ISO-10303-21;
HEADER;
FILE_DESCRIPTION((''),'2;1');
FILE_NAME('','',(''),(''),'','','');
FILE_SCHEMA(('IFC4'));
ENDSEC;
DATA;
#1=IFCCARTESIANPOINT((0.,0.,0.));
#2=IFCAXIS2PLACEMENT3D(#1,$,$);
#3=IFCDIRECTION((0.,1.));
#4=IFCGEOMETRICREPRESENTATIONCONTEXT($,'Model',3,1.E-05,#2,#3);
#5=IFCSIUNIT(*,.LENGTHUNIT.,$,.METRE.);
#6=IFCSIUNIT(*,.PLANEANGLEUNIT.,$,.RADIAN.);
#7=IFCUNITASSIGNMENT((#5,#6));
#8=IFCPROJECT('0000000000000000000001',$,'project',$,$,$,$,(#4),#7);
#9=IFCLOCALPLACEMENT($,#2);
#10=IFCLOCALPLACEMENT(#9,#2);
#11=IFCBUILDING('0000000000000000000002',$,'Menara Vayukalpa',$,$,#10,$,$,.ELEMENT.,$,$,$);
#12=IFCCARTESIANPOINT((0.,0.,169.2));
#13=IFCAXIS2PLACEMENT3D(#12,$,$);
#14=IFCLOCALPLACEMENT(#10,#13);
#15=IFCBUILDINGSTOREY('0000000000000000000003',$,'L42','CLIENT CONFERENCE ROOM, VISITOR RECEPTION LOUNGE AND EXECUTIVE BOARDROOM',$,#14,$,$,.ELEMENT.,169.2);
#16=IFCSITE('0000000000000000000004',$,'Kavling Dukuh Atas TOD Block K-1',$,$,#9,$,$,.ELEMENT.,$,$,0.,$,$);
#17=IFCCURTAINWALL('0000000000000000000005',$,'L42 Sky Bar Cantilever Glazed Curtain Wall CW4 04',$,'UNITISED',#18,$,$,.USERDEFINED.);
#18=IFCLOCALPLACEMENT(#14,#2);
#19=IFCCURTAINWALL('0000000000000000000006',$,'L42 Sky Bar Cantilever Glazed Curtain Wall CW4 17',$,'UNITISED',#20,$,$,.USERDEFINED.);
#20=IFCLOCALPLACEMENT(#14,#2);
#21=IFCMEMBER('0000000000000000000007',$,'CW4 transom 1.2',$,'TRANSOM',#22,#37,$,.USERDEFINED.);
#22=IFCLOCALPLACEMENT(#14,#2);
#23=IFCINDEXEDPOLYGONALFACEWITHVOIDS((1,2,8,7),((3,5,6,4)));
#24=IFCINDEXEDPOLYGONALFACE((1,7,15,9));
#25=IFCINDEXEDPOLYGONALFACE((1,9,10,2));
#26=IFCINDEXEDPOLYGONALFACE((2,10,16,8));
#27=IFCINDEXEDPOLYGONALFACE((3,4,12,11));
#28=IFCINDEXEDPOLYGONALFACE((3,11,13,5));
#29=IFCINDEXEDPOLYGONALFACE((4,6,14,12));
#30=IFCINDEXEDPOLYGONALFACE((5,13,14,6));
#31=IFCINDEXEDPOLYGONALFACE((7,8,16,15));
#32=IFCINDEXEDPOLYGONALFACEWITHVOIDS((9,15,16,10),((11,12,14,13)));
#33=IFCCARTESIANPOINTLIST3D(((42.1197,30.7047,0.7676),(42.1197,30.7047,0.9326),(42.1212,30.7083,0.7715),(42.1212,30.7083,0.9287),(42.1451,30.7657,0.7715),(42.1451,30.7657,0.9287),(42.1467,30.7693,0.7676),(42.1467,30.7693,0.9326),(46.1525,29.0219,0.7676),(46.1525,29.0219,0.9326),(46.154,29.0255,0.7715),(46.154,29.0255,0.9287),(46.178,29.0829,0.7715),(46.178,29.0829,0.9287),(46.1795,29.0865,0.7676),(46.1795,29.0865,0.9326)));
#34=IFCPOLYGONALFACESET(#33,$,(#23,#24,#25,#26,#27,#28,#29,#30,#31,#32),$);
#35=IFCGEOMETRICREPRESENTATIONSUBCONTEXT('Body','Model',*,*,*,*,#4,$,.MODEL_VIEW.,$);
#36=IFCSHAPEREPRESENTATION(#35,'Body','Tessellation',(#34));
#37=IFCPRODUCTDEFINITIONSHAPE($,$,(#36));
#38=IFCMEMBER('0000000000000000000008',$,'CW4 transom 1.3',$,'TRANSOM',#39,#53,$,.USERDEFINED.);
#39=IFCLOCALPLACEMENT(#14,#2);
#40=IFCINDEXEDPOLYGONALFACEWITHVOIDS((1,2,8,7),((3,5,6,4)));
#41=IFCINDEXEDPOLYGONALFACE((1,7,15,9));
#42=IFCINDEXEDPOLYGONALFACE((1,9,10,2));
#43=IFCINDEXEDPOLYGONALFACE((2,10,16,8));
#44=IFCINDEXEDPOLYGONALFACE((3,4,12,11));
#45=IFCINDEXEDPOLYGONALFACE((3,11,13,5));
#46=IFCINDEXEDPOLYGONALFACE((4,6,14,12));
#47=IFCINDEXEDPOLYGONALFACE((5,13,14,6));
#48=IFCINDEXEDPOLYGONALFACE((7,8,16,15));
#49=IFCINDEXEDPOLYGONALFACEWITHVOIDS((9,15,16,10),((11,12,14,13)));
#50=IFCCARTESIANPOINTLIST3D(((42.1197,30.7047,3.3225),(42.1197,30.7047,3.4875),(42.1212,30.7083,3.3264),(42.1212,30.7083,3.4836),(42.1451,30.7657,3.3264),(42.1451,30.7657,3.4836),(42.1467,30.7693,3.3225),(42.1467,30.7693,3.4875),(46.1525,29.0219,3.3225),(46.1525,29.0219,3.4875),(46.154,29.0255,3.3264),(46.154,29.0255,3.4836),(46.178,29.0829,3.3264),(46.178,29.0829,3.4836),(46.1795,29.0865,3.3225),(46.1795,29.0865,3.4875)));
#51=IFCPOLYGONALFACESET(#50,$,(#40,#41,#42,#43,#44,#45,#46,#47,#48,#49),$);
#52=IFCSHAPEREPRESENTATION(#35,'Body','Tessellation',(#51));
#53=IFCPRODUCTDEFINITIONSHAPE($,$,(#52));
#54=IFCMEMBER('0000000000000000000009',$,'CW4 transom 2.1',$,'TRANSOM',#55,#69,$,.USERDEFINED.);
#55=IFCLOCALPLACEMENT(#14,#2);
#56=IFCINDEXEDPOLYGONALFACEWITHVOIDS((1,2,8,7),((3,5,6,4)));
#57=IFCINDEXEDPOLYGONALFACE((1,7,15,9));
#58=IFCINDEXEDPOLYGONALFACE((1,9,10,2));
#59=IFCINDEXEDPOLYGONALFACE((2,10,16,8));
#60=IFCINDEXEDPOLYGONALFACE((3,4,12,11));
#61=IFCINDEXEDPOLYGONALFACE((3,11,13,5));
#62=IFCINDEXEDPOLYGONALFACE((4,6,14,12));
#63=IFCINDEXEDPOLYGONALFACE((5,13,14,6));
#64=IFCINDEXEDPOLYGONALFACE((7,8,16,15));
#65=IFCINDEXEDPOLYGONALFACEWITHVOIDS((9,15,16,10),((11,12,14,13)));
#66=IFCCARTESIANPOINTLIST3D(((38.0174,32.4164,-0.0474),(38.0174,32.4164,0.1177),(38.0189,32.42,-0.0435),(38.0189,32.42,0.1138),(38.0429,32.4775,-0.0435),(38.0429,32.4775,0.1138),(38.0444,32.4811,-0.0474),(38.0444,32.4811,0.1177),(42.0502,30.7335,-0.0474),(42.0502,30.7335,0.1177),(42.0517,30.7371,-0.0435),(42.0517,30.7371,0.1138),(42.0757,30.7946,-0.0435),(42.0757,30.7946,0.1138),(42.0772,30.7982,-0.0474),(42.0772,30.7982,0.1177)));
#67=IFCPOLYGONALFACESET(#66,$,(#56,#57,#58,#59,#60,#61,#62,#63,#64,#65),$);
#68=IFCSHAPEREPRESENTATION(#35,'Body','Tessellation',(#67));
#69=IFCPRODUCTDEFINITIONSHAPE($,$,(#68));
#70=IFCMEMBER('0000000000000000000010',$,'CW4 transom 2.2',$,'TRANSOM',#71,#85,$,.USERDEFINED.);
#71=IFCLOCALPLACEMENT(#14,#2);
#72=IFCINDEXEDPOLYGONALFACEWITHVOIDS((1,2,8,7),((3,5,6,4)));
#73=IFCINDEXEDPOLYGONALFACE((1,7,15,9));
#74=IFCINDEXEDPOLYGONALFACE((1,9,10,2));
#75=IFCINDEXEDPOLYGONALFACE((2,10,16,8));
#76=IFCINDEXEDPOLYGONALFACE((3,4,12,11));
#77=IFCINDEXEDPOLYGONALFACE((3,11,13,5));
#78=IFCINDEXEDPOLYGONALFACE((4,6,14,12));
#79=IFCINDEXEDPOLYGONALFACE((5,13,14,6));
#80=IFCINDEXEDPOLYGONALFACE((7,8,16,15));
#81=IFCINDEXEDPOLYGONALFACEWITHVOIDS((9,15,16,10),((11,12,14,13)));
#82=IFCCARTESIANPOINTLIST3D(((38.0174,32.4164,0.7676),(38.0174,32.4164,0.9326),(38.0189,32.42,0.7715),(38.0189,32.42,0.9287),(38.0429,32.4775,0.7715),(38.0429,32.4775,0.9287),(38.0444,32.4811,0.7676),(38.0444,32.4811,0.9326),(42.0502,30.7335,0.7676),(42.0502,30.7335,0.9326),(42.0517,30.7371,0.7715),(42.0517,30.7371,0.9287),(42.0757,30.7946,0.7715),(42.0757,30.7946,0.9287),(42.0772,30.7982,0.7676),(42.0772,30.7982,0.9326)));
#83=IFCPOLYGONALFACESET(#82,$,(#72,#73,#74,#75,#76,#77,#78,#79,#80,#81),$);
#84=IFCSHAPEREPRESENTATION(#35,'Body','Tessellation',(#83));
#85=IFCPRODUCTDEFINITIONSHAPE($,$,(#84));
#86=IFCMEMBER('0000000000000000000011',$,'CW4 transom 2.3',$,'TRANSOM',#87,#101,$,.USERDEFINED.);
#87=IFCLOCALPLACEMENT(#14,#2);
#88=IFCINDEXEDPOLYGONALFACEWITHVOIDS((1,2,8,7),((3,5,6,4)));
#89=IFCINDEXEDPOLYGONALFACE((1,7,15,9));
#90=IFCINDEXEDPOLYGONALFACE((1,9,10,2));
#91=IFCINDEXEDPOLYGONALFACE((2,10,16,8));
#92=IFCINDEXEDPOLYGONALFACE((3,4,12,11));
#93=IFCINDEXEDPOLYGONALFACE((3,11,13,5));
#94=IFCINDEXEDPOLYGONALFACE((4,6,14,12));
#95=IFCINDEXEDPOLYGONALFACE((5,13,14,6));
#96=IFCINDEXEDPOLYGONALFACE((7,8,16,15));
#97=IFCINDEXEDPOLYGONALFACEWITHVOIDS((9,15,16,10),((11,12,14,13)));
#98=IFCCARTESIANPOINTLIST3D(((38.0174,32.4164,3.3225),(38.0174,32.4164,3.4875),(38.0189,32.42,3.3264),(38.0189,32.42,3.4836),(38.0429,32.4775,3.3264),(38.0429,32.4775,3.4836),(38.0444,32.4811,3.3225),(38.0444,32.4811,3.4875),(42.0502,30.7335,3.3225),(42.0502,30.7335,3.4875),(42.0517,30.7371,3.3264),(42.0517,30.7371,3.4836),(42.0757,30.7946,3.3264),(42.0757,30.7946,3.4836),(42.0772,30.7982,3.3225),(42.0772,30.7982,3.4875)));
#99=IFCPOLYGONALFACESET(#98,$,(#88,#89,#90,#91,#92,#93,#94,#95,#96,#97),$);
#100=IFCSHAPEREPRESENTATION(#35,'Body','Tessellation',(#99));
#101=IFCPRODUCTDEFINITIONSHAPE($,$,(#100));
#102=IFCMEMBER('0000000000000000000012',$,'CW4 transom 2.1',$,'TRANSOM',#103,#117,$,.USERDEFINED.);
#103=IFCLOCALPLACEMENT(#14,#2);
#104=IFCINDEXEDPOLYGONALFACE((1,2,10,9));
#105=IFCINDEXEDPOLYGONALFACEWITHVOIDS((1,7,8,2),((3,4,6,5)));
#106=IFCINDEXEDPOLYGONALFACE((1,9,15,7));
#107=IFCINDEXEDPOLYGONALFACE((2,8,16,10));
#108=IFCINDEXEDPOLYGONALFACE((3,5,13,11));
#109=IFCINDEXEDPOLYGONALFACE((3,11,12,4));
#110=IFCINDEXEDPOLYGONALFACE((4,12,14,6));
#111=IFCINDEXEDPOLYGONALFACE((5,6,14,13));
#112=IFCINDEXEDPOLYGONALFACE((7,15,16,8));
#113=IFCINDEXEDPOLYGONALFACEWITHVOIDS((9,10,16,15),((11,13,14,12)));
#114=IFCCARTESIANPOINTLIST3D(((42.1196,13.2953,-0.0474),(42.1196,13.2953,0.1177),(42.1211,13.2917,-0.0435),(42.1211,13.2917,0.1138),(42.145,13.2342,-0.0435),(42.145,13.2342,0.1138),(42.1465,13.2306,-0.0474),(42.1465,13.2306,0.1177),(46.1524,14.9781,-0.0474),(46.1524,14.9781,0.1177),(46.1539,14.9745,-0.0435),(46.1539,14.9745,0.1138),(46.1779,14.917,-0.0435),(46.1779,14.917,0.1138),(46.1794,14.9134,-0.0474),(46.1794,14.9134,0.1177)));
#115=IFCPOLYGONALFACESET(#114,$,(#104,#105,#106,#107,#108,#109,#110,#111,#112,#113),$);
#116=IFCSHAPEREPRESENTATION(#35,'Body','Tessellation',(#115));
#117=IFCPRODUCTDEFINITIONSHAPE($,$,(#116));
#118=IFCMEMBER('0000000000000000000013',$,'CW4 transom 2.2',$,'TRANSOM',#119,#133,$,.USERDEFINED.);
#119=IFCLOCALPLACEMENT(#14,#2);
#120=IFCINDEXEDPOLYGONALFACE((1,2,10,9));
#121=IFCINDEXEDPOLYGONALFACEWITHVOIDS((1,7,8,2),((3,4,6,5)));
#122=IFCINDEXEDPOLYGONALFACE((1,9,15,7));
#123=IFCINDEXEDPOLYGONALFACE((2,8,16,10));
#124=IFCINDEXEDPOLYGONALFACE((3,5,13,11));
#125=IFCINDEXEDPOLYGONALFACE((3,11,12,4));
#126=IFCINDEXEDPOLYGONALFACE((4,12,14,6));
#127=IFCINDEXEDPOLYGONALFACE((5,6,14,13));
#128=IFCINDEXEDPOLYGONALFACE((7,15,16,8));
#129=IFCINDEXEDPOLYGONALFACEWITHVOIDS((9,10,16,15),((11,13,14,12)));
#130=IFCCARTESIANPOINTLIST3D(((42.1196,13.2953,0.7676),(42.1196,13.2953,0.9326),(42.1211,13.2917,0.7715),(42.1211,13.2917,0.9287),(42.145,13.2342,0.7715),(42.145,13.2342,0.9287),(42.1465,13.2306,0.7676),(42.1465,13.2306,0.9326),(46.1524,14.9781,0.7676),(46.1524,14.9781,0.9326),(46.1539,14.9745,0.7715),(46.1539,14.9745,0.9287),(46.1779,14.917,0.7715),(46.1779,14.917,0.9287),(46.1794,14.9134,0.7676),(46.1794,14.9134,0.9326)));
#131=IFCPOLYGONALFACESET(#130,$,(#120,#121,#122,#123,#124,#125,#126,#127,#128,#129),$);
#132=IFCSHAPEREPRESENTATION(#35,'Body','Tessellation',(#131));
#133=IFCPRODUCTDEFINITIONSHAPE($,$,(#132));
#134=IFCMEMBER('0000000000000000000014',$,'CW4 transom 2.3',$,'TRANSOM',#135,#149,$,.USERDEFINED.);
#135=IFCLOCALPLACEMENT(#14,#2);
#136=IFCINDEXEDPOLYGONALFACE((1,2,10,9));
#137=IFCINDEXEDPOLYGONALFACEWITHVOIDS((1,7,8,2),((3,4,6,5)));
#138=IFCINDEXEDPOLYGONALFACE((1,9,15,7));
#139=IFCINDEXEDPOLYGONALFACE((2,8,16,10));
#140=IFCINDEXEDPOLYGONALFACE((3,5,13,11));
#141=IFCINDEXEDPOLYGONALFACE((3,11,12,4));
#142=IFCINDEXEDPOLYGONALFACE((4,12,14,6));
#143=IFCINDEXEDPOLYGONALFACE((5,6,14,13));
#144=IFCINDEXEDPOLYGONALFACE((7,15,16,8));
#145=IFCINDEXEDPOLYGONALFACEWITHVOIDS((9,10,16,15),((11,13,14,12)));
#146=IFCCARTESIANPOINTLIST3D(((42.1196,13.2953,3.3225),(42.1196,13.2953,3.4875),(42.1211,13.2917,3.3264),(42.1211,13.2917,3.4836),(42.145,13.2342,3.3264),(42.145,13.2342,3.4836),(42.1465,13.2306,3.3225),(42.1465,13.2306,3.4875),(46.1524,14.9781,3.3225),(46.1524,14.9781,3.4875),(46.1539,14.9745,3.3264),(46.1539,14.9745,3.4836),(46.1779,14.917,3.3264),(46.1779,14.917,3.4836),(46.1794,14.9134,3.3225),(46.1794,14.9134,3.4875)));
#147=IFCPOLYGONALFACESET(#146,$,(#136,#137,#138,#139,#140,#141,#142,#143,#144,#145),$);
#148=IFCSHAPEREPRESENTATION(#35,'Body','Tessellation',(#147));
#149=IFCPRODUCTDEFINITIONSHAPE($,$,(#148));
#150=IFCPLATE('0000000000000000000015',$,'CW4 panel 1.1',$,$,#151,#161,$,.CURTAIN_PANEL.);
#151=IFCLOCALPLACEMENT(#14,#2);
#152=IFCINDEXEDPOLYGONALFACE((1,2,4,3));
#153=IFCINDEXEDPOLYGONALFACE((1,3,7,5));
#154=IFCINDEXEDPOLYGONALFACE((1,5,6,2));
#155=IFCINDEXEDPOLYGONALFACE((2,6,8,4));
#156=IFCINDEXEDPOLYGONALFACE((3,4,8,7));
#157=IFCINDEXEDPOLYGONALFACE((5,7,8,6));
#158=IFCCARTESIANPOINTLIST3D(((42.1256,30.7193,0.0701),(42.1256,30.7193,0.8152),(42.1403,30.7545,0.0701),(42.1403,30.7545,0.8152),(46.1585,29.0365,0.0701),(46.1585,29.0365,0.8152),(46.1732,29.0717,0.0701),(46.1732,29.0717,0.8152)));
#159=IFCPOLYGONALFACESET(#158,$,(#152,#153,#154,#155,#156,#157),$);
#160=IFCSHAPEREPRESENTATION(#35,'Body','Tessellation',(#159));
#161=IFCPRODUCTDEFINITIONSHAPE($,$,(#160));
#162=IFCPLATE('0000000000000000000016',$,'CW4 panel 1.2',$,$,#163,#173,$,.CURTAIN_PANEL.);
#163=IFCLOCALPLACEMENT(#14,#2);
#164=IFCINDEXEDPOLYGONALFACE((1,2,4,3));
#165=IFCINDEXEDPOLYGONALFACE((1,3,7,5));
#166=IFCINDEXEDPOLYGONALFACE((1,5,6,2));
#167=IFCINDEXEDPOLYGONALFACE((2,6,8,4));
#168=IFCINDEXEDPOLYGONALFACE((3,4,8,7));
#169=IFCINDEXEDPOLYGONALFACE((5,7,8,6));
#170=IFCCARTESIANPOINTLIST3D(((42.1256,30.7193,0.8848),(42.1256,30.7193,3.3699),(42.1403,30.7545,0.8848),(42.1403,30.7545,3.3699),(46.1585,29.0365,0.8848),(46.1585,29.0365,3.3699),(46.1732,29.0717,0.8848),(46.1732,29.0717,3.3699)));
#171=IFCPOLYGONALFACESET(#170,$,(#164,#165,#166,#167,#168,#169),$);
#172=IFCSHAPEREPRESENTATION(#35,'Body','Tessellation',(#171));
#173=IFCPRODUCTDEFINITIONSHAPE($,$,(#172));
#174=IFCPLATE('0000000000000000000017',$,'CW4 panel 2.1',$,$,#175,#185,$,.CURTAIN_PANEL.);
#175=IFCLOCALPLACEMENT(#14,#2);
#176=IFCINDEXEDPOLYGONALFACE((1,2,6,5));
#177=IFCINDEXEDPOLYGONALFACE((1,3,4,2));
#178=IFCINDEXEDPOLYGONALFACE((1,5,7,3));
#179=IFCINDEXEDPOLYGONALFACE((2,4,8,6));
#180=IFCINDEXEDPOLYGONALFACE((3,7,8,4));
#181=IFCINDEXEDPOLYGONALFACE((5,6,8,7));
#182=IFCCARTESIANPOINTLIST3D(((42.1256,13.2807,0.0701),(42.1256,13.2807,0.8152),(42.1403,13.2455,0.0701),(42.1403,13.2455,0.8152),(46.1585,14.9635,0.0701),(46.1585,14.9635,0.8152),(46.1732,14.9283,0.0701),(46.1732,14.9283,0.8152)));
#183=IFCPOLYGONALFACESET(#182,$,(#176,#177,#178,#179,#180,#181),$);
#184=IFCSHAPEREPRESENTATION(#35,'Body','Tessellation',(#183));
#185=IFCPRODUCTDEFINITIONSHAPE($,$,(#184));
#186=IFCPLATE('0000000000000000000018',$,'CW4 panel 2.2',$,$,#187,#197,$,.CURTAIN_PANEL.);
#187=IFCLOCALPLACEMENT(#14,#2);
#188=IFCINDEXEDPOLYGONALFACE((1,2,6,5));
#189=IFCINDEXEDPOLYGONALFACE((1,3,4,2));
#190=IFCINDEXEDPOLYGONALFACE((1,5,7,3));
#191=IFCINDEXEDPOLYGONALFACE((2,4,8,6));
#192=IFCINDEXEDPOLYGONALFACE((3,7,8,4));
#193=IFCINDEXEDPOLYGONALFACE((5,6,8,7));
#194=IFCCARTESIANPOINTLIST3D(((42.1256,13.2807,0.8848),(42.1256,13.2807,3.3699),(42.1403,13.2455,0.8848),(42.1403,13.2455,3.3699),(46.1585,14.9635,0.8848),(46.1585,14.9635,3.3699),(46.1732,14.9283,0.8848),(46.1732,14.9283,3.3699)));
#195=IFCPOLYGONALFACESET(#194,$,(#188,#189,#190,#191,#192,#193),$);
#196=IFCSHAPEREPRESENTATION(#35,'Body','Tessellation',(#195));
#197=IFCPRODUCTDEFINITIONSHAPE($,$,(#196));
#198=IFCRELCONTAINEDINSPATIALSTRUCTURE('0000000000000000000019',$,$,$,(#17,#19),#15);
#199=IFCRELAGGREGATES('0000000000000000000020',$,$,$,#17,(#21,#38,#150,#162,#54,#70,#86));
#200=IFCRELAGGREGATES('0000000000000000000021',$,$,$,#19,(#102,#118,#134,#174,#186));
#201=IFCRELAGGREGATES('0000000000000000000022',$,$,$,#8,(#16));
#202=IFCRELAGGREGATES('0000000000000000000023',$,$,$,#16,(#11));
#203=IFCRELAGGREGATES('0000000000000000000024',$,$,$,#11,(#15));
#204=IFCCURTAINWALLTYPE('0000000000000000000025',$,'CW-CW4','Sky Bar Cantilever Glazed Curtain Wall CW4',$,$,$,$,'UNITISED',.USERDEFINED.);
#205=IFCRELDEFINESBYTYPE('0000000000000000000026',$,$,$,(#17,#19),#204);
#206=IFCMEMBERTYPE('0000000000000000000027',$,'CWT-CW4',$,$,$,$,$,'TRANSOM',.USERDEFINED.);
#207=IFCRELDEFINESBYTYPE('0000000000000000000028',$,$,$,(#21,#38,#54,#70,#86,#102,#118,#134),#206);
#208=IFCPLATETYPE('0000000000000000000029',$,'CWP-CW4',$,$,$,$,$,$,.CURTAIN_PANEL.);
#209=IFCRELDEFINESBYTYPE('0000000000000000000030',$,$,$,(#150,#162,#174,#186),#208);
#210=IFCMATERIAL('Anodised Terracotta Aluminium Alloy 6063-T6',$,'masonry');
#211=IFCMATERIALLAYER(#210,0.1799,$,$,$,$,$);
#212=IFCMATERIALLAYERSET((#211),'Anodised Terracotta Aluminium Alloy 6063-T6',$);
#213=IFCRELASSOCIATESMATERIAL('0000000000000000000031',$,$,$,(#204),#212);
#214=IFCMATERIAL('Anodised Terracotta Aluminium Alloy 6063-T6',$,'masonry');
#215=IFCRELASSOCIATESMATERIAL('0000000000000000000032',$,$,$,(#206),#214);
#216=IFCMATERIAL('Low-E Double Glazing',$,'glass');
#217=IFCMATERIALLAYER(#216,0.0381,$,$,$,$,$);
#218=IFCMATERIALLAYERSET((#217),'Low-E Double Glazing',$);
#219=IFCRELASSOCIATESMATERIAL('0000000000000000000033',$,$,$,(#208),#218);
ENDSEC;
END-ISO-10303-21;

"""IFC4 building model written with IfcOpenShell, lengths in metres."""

from ifc_helpers import new_model, si_unit, direction, frame, origin, origin_2d, place, context, subcontext, project, spatial, rectangle, hollow_rectangle, extrude, material, layer, layer_set, material_profile, profile_set, type_object, element, aggregate, save


model = new_model("IFC4")

# Units and contexts
model_context = context("Model", 3, precision=1e-05, world=origin(), true_north=direction((0.0, 1.0)))
body_context = subcontext(model_context, "Body", "Model", "MODEL_VIEW")
ifc_project = project(units=[si_unit("LENGTHUNIT", "METRE"), si_unit("PLANEANGLEUNIT", "RADIAN")], contexts=[model_context])

# Site, building, storey
site_placement = place(None, origin())
site = spatial("IfcSite", under=ifc_project, at=site_placement, Name="Kavling Dukuh Atas TOD Block K-1", CompositionType="ELEMENT", RefElevation=0.0)
building_placement = place(site_placement, origin())
building = spatial("IfcBuilding", under=site, at=building_placement, Name="Menara Vayukalpa", CompositionType="ELEMENT")
storey_placement = place(building_placement, frame((0.0, 0.0, 169.2)))
storey = spatial("IfcBuildingStorey", under=building, at=storey_placement, Name="L42", Description="CLIENT CONFERENCE ROOM, VISITOR RECEPTION LOUNGE AND EXECUTIVE BOARDROOM", CompositionType="ELEMENT", Elevation=169.2)

# Curtain walls
ifc_material_1 = material(Name="Anodised Terracotta Aluminium Alloy 6063-T6", Category="masonry")
ifc_layer_1 = layer(ifc_material_1, 0.1799)
ifc_layer_set_1 = layer_set([ifc_layer_1], Name="Anodised Terracotta Aluminium Alloy 6063-T6")
curtain_wall_type = type_object("IfcCurtainWallType", Name="CW-CW4", Description="Sky Bar Cantilever Glazed Curtain Wall CW4", ElementType="UNITISED", PredefinedType="USERDEFINED", material=ifc_layer_set_1)
curtain_wall_1_placement = place(storey_placement, origin())
curtain_wall_1 = element("IfcCurtainWall", 1, at=curtain_wall_1_placement, inside=storey, type_object=curtain_wall_type, Name="L42 Sky Bar Cantilever Glazed Curtain Wall CW4 04", ObjectType="UNITISED", PredefinedType="USERDEFINED")
curtain_wall_2_placement = place(storey_placement, origin())
curtain_wall_2 = element("IfcCurtainWall", 2, at=curtain_wall_2_placement, inside=storey, type_object=curtain_wall_type, Name="L42 Sky Bar Cantilever Glazed Curtain Wall CW4 17", ObjectType="UNITISED", PredefinedType="USERDEFINED")

# Members
ifc_material_2 = material(Name="Anodised Terracotta Aluminium Alloy 6063-T6", Category="masonry")
ifc_material_profile_1 = material_profile(ifc_material_2, hollow_rectangle(XDim=0.0701, YDim=0.165, WallThickness=0.0039, at=origin_2d()), Name="ALU 70x165x4")
ifc_profile_set_1 = profile_set([ifc_material_profile_1], Name="Anodised Terracotta Aluminium Alloy 6063-T6")
member_type_1 = type_object("IfcMemberType", Name="CWT-CW4", ElementType="TRANSOM", PredefinedType="USERDEFINED", material=ifc_profile_set_1)
member_1_placement = place(storey_placement, frame((46.166, 29.0542, 0.8501), z_axis=(-0.922877, 0.385095, 0.0), x_axis=(-0.385095, -0.922877, 0.0)))
member_1 = element("IfcMember", 3, at=member_1_placement, type_object=member_type_1, Name="CW4 transom 1.2", ObjectType="TRANSOM", PredefinedType="USERDEFINED", context=body_context, shape_type="SweptSolid", body=[
    extrude(hollow_rectangle(XDim=0.0701, YDim=0.165, WallThickness=0.0039, at=origin_2d()), origin(), (0.0, 0.0, 1.0), 4.3699),
])
member_2_placement = place(storey_placement, frame((46.166, 29.0542, 3.405), z_axis=(-0.922877, 0.385095, 0.0), x_axis=(-0.385095, -0.922877, 0.0)))
member_2 = element("IfcMember", 4, at=member_2_placement, type_object=member_type_1, Name="CW4 transom 1.3", ObjectType="TRANSOM", PredefinedType="USERDEFINED", context=body_context, shape_type="SweptSolid", body=[
    extrude(hollow_rectangle(XDim=0.0701, YDim=0.165, WallThickness=0.0039, at=origin_2d()), origin(), (0.0, 0.0, 1.0), 4.3699),
])
member_3_placement = place(storey_placement, frame((42.0637, 30.7659, 0.0352), z_axis=(-0.922869, 0.385115, 0.0), x_axis=(-0.385115, -0.922869, 0.0)))
member_3 = element("IfcMember", 5, at=member_3_placement, type_object=member_type_1, Name="CW4 transom 2.1", ObjectType="TRANSOM", PredefinedType="USERDEFINED", context=body_context, shape_type="SweptSolid", body=[
    extrude(hollow_rectangle(XDim=0.0701, YDim=0.165, WallThickness=0.0039, at=origin_2d()), origin(), (0.0, 0.0, 1.0), 4.3699),
])
member_4_placement = place(storey_placement, frame((42.0637, 30.7659, 0.8501), z_axis=(-0.922869, 0.385115, 0.0), x_axis=(-0.385115, -0.922869, 0.0)))
member_4 = element("IfcMember", 6, at=member_4_placement, type_object=member_type_1, Name="CW4 transom 2.2", ObjectType="TRANSOM", PredefinedType="USERDEFINED", context=body_context, shape_type="SweptSolid", body=[
    extrude(hollow_rectangle(XDim=0.0701, YDim=0.165, WallThickness=0.0039, at=origin_2d()), origin(), (0.0, 0.0, 1.0), 4.3699),
])
member_5_placement = place(storey_placement, frame((42.0637, 30.7659, 3.405), z_axis=(-0.922869, 0.385115, 0.0), x_axis=(-0.385115, -0.922869, 0.0)))
member_5 = element("IfcMember", 7, at=member_5_placement, type_object=member_type_1, Name="CW4 transom 2.3", ObjectType="TRANSOM", PredefinedType="USERDEFINED", context=body_context, shape_type="SweptSolid", body=[
    extrude(hollow_rectangle(XDim=0.0701, YDim=0.165, WallThickness=0.0039, at=origin_2d()), origin(), (0.0, 0.0, 1.0), 4.3699),
])
member_6_placement = place(storey_placement, frame((42.1331, 13.2629, 0.0352), z_axis=(0.922877, 0.385095, 0.0), x_axis=(-0.385095, 0.922877, 0.0)))
member_6 = element("IfcMember", 8, at=member_6_placement, type_object=member_type_1, Name="CW4 transom 2.1", ObjectType="TRANSOM", PredefinedType="USERDEFINED", context=body_context, shape_type="SweptSolid", body=[
    extrude(hollow_rectangle(XDim=0.0701, YDim=0.165, WallThickness=0.0039, at=origin_2d()), origin(), (0.0, 0.0, 1.0), 4.3699),
])
member_7_placement = place(storey_placement, frame((42.1331, 13.2629, 0.8501), z_axis=(0.922877, 0.385095, 0.0), x_axis=(-0.385095, 0.922877, 0.0)))
member_7 = element("IfcMember", 9, at=member_7_placement, type_object=member_type_1, Name="CW4 transom 2.2", ObjectType="TRANSOM", PredefinedType="USERDEFINED", context=body_context, shape_type="SweptSolid", body=[
    extrude(hollow_rectangle(XDim=0.0701, YDim=0.165, WallThickness=0.0039, at=origin_2d()), origin(), (0.0, 0.0, 1.0), 4.3699),
])
member_8_placement = place(storey_placement, frame((42.1331, 13.2629, 3.405), z_axis=(0.922877, 0.385095, 0.0), x_axis=(-0.385095, 0.922877, 0.0)))
member_8 = element("IfcMember", 10, at=member_8_placement, type_object=member_type_1, Name="CW4 transom 2.3", ObjectType="TRANSOM", PredefinedType="USERDEFINED", context=body_context, shape_type="SweptSolid", body=[
    extrude(hollow_rectangle(XDim=0.0701, YDim=0.165, WallThickness=0.0039, at=origin_2d()), origin(), (0.0, 0.0, 1.0), 4.3699),
])

# Plates
ifc_material_3 = material(Name="Low-E Double Glazing", Category="glass")
ifc_layer_2 = layer(ifc_material_3, 0.0381)
ifc_layer_set_2 = layer_set([ifc_layer_2], Name="Low-E Double Glazing")
plate_type = type_object("IfcPlateType", Name="CWP-CW4", PredefinedType="CURTAIN_PANEL", material=ifc_layer_set_2)
plate_1_placement = place(storey_placement, frame((44.1494, 29.8955, 0.0701), z_axis=(0.0, 0.0, 1.0), x_axis=(-0.922878, 0.385091, 0.0)))
plate_1 = element("IfcPlate", 11, at=plate_1_placement, type_object=plate_type, Name="CW4 panel 1.1", PredefinedType="CURTAIN_PANEL", context=body_context, shape_type="SweptSolid", body=[
    extrude(rectangle(XDim=4.3699, YDim=0.0381, at=origin_2d()), origin(), (0.0, 0.0, 1.0), 0.7451),
])
plate_2_placement = place(storey_placement, frame((44.1494, 29.8955, 0.8848), z_axis=(0.0, 0.0, 1.0), x_axis=(-0.922878, 0.385091, 0.0)))
plate_2 = element("IfcPlate", 12, at=plate_2_placement, type_object=plate_type, Name="CW4 panel 1.2", PredefinedType="CURTAIN_PANEL", context=body_context, shape_type="SweptSolid", body=[
    extrude(rectangle(XDim=4.3699, YDim=0.0381, at=origin_2d()), origin(), (0.0, 0.0, 1.0), 2.4851),
])
aggregate(curtain_wall_1, [member_1, member_2, plate_1, plate_2, member_3, member_4, member_5])
plate_3_placement = place(storey_placement, frame((44.1494, 14.1045, 0.0701), z_axis=(0.0, 0.0, 1.0), x_axis=(0.922878, 0.385091, 0.0)))
plate_3 = element("IfcPlate", 13, at=plate_3_placement, type_object=plate_type, Name="CW4 panel 2.1", PredefinedType="CURTAIN_PANEL", context=body_context, shape_type="SweptSolid", body=[
    extrude(rectangle(XDim=4.3699, YDim=0.0381, at=origin_2d()), origin(), (0.0, 0.0, 1.0), 0.7451),
])
plate_4_placement = place(storey_placement, frame((44.1494, 14.1045, 0.8848), z_axis=(0.0, 0.0, 1.0), x_axis=(0.922878, 0.385091, 0.0)))
plate_4 = element("IfcPlate", 14, at=plate_4_placement, type_object=plate_type, Name="CW4 panel 2.2", PredefinedType="CURTAIN_PANEL", context=body_context, shape_type="SweptSolid", body=[
    extrude(rectangle(XDim=4.3699, YDim=0.0381, at=origin_2d()), origin(), (0.0, 0.0, 1.0), 2.4851),
])
aggregate(curtain_wall_2, [member_6, member_7, member_8, plate_3, plate_4])

save(model, "model.ifc")
